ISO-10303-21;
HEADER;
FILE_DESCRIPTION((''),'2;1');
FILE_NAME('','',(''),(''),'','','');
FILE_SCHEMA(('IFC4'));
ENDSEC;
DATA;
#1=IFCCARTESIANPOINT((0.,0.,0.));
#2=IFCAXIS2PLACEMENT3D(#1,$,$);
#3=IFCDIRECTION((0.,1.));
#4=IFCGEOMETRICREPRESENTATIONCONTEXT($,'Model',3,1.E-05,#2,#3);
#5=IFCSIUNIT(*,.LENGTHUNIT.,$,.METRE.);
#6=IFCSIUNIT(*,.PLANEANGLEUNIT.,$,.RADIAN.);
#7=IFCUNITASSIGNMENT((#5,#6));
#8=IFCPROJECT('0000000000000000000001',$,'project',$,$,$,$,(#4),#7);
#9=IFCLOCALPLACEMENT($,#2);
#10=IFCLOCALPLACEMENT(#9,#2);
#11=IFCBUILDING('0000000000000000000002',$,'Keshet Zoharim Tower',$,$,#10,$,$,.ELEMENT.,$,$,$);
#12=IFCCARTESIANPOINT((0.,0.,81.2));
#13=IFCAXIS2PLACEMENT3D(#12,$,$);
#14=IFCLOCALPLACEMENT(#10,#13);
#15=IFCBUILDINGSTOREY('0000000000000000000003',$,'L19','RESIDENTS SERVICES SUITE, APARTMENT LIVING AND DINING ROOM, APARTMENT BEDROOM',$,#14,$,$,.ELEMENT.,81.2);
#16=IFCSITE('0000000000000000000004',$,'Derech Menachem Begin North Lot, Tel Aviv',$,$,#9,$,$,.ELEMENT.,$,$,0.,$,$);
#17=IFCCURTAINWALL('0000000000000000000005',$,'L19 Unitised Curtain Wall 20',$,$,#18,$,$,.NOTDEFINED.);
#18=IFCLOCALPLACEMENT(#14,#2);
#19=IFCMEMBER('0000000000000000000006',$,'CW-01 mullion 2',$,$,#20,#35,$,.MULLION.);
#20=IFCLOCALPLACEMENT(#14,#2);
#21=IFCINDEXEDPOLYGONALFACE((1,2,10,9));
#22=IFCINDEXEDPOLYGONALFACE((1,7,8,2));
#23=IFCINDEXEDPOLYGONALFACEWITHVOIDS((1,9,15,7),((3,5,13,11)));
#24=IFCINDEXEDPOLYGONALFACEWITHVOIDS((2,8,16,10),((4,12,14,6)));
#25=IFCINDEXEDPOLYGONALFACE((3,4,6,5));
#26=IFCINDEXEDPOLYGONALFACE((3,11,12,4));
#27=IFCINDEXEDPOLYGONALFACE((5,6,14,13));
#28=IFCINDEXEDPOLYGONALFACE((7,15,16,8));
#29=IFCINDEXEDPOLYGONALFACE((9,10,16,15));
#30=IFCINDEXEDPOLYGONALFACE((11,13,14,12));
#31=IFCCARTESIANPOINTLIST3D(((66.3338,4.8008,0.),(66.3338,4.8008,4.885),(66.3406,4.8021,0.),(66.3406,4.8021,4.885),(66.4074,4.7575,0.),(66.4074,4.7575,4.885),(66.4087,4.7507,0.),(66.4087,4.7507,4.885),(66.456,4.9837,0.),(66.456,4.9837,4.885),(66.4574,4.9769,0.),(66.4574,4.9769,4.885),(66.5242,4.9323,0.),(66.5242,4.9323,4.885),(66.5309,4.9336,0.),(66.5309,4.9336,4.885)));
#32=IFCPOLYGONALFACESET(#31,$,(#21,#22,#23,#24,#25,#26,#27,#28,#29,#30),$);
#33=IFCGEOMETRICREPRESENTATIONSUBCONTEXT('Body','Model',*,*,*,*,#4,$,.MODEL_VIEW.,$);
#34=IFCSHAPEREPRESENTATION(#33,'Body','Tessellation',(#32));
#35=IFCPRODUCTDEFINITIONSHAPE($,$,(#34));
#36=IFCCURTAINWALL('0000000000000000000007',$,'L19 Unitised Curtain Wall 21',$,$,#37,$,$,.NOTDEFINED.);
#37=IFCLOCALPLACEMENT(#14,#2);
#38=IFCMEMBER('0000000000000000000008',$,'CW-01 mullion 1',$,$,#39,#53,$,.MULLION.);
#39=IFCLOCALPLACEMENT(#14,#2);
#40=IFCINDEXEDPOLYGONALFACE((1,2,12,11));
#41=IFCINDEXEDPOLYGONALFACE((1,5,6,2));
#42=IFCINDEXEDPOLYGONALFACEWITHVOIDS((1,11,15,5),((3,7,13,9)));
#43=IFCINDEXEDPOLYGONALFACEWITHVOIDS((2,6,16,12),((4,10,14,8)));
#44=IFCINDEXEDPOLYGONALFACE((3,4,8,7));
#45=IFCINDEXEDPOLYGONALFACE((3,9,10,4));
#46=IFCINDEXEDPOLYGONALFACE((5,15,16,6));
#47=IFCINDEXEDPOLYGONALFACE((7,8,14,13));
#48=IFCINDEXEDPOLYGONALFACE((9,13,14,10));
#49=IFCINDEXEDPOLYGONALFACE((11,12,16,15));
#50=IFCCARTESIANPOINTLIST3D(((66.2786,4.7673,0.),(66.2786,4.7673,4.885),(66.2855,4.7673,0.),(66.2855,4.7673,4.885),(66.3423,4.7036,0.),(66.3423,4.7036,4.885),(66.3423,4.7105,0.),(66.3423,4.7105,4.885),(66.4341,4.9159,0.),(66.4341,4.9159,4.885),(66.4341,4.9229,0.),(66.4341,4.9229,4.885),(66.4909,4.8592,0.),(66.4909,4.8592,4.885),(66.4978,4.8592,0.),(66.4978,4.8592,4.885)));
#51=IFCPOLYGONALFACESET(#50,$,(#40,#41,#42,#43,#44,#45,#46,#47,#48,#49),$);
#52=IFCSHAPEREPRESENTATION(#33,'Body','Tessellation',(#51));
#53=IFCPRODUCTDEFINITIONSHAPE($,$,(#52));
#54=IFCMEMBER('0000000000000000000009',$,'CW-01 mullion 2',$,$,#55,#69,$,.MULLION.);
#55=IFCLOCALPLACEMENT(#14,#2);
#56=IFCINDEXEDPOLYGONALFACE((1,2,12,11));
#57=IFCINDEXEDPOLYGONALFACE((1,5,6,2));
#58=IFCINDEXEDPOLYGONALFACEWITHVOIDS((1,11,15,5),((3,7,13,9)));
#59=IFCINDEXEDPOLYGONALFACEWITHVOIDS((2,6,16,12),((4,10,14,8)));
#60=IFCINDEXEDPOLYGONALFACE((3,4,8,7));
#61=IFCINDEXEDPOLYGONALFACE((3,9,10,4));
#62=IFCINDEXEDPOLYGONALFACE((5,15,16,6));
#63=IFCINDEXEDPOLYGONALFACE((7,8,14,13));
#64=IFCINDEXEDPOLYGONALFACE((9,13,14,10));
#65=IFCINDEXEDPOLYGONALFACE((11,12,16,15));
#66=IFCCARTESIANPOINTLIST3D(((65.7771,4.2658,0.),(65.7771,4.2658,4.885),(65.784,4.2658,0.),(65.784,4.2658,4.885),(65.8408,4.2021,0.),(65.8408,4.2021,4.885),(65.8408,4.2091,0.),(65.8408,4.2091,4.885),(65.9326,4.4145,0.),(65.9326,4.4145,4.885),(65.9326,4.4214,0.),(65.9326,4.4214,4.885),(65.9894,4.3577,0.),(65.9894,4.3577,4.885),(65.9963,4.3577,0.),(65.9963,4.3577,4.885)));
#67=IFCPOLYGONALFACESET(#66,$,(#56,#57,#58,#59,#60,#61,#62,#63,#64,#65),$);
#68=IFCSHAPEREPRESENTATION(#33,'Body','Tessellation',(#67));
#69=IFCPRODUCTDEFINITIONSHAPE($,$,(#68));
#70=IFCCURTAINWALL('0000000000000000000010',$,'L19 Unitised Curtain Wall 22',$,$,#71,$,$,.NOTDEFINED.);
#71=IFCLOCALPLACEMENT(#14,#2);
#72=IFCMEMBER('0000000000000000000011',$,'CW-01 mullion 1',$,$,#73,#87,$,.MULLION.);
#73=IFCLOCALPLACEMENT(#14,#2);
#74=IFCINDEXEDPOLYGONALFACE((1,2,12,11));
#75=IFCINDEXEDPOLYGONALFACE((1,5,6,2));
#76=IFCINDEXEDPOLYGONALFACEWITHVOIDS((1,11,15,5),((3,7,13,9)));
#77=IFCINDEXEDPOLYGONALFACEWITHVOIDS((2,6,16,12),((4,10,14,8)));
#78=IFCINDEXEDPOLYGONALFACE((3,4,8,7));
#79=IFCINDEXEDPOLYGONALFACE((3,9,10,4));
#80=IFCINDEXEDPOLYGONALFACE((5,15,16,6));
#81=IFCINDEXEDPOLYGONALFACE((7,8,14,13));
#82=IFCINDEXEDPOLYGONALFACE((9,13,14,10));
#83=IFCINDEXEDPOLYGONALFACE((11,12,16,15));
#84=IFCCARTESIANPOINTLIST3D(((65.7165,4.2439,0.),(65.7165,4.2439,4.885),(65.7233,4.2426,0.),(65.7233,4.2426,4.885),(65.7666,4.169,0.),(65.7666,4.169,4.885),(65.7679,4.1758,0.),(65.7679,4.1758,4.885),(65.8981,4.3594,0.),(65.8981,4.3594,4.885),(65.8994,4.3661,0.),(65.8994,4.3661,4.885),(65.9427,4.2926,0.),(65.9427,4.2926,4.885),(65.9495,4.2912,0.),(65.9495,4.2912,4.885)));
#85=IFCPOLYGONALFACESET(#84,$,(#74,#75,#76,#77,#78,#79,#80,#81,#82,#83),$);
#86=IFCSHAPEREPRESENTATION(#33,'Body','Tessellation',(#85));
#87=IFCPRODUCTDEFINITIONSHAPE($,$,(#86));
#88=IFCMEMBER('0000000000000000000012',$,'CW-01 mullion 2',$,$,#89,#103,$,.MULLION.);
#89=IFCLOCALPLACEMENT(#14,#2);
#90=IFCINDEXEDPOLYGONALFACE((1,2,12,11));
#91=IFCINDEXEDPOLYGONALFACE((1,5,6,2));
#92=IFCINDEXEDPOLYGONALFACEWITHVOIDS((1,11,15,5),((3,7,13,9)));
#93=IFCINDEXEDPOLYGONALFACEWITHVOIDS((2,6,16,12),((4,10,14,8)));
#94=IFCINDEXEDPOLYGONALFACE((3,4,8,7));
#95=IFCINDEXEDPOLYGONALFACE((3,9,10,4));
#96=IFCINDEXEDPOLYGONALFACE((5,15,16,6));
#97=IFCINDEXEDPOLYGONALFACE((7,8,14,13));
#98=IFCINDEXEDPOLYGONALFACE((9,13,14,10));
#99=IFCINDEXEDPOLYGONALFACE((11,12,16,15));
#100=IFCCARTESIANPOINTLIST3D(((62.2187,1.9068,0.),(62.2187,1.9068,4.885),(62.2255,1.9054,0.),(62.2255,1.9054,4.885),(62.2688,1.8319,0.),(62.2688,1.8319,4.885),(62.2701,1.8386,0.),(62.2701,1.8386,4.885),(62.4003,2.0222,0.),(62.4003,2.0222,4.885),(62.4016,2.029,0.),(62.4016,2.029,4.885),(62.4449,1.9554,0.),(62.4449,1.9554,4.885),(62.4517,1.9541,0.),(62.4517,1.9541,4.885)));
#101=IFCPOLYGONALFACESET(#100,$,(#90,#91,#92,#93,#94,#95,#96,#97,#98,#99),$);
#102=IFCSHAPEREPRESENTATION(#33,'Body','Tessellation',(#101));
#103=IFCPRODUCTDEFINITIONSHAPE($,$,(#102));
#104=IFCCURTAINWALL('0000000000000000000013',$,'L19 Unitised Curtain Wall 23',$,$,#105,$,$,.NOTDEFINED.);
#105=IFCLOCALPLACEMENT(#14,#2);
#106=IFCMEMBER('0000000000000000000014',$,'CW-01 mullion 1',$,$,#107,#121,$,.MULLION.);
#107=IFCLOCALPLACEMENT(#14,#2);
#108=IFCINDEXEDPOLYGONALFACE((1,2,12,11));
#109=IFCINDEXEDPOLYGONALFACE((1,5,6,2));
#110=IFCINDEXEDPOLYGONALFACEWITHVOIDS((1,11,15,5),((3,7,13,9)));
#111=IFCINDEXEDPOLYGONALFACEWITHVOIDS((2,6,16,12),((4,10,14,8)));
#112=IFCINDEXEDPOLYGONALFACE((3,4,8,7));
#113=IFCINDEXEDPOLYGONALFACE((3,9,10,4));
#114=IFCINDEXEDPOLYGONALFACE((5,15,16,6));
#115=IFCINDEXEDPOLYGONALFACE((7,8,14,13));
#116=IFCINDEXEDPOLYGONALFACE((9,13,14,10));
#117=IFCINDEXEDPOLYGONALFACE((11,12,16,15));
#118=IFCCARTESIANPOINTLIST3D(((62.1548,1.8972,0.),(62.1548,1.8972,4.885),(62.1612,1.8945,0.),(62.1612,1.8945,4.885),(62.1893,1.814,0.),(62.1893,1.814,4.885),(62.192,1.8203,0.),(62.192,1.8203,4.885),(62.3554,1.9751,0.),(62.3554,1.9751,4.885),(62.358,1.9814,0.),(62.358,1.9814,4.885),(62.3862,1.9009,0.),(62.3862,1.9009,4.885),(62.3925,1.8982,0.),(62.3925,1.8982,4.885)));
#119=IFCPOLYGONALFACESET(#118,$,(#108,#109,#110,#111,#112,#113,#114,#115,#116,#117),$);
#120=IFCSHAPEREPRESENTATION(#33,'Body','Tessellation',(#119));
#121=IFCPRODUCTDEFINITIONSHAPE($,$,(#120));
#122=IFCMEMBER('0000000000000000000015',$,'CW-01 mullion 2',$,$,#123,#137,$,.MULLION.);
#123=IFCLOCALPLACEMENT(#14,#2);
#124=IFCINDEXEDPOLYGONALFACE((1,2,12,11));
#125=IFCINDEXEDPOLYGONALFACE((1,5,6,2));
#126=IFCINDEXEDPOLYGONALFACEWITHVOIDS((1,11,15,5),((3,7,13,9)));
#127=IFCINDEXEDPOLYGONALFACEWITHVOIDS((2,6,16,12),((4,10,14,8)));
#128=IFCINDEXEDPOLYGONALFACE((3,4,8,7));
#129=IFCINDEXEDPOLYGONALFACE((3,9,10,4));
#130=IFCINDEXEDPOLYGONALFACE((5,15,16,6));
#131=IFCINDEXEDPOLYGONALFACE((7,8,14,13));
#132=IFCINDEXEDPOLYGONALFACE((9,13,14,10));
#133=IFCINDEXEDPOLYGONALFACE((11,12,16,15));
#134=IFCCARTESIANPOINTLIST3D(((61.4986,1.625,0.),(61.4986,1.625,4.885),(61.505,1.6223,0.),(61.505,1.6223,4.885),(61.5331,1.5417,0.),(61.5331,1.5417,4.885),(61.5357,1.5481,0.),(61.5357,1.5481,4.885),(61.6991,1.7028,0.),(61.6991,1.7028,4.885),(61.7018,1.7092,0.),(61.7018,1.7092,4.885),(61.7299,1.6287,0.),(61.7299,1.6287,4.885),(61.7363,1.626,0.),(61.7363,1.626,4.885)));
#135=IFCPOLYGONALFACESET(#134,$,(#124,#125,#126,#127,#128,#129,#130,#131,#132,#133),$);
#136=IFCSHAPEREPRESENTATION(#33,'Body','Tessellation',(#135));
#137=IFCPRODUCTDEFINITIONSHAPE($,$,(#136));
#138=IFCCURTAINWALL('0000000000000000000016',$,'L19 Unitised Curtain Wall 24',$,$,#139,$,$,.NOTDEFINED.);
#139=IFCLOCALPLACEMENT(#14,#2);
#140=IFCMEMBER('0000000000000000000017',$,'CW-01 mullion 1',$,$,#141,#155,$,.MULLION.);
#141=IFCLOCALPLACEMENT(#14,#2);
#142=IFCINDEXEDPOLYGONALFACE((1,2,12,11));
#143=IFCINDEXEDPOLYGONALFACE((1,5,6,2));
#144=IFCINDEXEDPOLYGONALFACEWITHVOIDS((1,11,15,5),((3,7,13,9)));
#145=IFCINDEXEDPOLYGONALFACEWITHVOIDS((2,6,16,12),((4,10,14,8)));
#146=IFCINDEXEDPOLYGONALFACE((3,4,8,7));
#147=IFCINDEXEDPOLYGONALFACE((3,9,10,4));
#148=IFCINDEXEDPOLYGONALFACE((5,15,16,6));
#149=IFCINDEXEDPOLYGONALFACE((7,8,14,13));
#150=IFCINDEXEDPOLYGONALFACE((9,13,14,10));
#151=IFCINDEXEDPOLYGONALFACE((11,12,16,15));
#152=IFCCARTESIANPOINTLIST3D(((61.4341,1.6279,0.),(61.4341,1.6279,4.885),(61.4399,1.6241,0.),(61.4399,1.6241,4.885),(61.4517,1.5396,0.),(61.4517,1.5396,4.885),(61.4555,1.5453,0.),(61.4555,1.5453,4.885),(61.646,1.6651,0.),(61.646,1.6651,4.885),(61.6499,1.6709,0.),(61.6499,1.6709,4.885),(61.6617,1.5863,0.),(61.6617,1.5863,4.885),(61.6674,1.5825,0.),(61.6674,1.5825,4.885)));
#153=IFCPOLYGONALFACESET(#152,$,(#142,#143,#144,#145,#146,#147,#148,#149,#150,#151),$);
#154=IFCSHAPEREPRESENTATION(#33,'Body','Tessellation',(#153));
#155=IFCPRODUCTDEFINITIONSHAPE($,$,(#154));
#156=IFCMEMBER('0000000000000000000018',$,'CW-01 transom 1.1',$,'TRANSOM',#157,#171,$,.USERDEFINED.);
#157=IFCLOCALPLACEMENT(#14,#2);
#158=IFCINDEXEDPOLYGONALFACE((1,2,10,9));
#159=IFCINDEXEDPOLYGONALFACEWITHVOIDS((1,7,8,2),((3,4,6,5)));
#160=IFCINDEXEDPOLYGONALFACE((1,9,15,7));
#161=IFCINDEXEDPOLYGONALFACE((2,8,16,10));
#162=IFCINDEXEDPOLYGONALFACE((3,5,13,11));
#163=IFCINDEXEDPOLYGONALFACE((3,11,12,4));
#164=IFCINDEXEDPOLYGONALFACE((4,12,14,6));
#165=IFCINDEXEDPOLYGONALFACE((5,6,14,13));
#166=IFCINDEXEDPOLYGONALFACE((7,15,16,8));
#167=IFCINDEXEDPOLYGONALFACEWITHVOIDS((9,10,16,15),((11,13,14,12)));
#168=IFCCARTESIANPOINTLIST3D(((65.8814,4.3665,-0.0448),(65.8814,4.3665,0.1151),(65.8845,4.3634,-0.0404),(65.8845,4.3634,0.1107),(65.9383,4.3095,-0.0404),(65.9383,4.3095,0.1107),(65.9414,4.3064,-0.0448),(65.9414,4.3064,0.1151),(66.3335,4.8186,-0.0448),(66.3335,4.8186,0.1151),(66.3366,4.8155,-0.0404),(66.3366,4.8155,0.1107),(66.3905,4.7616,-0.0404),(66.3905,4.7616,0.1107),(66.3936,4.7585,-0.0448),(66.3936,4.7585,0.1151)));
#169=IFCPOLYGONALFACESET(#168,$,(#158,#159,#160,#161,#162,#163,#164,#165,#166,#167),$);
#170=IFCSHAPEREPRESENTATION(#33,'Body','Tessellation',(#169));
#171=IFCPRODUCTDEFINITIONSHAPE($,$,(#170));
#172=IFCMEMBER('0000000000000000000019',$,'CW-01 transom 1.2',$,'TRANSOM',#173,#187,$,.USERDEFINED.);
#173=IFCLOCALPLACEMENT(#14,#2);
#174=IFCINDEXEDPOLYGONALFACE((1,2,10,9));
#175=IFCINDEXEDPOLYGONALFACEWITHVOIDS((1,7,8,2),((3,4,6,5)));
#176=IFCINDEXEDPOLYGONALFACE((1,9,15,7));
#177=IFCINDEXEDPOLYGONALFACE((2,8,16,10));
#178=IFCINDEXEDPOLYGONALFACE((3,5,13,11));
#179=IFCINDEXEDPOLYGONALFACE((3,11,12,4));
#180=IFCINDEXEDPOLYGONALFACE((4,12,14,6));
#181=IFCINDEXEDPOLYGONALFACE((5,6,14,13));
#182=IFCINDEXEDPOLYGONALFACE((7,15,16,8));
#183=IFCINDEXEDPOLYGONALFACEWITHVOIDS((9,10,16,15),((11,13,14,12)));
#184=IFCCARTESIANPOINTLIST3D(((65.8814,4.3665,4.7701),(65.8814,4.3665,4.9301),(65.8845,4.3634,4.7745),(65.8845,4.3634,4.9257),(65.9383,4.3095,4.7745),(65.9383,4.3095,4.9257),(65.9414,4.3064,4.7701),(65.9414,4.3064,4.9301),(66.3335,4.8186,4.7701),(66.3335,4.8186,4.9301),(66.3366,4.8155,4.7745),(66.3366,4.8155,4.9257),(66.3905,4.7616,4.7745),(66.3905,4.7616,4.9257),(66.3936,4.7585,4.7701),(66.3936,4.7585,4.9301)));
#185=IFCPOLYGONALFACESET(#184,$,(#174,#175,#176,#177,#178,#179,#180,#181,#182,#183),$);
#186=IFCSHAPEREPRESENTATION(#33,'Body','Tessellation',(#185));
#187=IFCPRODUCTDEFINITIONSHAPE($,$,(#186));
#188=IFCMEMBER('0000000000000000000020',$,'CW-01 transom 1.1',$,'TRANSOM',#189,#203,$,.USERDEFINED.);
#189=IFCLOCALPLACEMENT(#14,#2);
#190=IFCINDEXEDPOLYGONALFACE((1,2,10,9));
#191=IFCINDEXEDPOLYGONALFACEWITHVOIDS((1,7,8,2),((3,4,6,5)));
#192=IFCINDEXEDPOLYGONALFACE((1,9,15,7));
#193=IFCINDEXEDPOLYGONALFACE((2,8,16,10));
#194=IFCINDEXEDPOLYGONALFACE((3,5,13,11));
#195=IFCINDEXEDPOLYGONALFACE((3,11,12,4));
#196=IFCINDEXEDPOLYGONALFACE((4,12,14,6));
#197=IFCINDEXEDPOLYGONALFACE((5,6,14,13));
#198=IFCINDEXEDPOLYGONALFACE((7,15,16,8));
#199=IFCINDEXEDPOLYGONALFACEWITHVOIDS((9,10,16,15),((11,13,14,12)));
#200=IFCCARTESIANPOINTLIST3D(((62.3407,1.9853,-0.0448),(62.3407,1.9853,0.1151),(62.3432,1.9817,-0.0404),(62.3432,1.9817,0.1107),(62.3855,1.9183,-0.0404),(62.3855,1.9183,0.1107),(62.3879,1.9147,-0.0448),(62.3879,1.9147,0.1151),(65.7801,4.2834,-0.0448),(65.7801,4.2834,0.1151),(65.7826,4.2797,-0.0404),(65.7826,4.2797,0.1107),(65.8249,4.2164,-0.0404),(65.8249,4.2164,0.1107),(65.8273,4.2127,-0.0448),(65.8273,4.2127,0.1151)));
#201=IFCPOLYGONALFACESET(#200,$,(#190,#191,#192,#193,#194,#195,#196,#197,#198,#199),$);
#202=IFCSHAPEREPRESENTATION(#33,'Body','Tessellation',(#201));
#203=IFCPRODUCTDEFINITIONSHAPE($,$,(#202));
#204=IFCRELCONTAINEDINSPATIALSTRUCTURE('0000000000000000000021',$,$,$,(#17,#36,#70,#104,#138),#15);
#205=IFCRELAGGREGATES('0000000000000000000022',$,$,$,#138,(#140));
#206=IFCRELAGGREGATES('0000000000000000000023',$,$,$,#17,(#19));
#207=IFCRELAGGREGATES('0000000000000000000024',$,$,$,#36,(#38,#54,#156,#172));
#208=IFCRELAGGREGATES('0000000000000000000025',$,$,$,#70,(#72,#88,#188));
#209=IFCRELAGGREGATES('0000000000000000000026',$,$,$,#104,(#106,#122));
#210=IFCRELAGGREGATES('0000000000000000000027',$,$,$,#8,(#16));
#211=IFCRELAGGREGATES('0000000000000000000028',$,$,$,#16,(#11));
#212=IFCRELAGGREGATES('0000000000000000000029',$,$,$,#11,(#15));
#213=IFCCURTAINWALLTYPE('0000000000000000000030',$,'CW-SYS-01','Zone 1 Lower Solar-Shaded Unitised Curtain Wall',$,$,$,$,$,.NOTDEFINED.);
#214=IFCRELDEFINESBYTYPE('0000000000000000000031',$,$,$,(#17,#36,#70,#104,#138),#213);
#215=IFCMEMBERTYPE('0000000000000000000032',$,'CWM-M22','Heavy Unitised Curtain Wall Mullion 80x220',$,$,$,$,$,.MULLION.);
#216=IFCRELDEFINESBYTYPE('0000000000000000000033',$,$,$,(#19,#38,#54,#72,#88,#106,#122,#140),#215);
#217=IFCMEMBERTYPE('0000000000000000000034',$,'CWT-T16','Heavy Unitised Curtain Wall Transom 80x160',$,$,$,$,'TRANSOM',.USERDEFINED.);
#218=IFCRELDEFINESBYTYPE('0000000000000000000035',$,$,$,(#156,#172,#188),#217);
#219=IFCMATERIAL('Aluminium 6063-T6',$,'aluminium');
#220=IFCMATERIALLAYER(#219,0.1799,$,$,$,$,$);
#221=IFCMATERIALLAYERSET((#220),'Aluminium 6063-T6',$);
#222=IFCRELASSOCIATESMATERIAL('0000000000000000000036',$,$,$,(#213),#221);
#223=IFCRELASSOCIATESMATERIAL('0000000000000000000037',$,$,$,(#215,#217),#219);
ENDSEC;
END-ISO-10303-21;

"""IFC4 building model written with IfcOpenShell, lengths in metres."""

from ifc_helpers import new_model, si_unit, direction, frame, origin, origin_2d, place, context, subcontext, project, spatial, hollow_rectangle, extrude, material, layer, layer_set, material_profile, profile_set, type_object, element, aggregate, save


model = new_model("IFC4")

# Units and contexts
model_context = context("Model", 3, precision=1e-05, world=origin(), true_north=direction((0.0, 1.0)))
body_context = subcontext(model_context, "Body", "Model", "MODEL_VIEW")
ifc_project = project(units=[si_unit("LENGTHUNIT", "METRE"), si_unit("PLANEANGLEUNIT", "RADIAN")], contexts=[model_context])

# Site, building, storey
site_placement = place(None, origin())
site = spatial("IfcSite", under=ifc_project, at=site_placement, Name="Derech Menachem Begin North Lot, Tel Aviv", CompositionType="ELEMENT", RefElevation=0.0)
building_placement = place(site_placement, origin())
building = spatial("IfcBuilding", under=site, at=building_placement, Name="Keshet Zoharim Tower", CompositionType="ELEMENT")
storey_placement = place(building_placement, frame((0.0, 0.0, 81.2)))
storey = spatial("IfcBuildingStorey", under=building, at=storey_placement, Name="L19", Description="RESIDENTS SERVICES SUITE, APARTMENT LIVING AND DINING ROOM, APARTMENT BEDROOM", CompositionType="ELEMENT", Elevation=81.2)

# Curtain wall, member
ifc_material_1 = material(Name="Aluminium 6063-T6", Category="aluminium")
ifc_layer_1 = layer(ifc_material_1, 0.1799)
ifc_layer_set_1 = layer_set([ifc_layer_1], Name="Aluminium 6063-T6")
curtain_wall_type = type_object("IfcCurtainWallType", Name="CW-SYS-01", Description="Zone 1 Lower Solar-Shaded Unitised Curtain Wall", PredefinedType="NOTDEFINED", material=ifc_layer_set_1)
curtain_wall_1_placement = place(storey_placement, origin())
curtain_wall_1 = element("IfcCurtainWall", 1, at=curtain_wall_1_placement, inside=storey, type_object=curtain_wall_type, Name="L19 Unitised Curtain Wall 20", PredefinedType="NOTDEFINED")
ifc_material_profile_1 = material_profile(ifc_material_1, hollow_rectangle(XDim=0.0901, YDim=0.22, WallThickness=0.0049, at=origin_2d()), Name="MUL-90x220")
ifc_profile_set_1 = profile_set([ifc_material_profile_1], Name="Aluminium 6063-T6")
member_type_1 = type_object("IfcMemberType", Name="CWM-M22", Description="Heavy Unitised Curtain Wall Mullion 80x220", PredefinedType="MULLION", material=ifc_profile_set_1)
member_1_placement = place(storey_placement, frame((66.4324, 4.8672, 0.0), z_axis=(0.0, 0.0, 1.0), x_axis=(0.831474, -0.555563, 0.0)))
member_1 = element("IfcMember", 2, at=member_1_placement, type_object=member_type_1, Name="CW-01 mullion 2", PredefinedType="MULLION", context=body_context, shape_type="SweptSolid", body=[
    extrude(hollow_rectangle(XDim=0.0901, YDim=0.22, WallThickness=0.0049, at=origin_2d()), origin(), (0.0, 0.0, 1.0), 4.885),
])

# Curtain walls, members
curtain_wall_2_placement = place(storey_placement, origin())
curtain_wall_2 = element("IfcCurtainWall", 3, at=curtain_wall_2_placement, inside=storey, type_object=curtain_wall_type, Name="L19 Unitised Curtain Wall 21", PredefinedType="NOTDEFINED")
member_2_placement = place(storey_placement, frame((66.3882, 4.8132, 0.0), z_axis=(0.0, 0.0, 1.0), x_axis=(0.707107, -0.707107, 0.0)))
member_2 = element("IfcMember", 4, at=member_2_placement, type_object=member_type_1, Name="CW-01 mullion 1", PredefinedType="MULLION", context=body_context, shape_type="SweptSolid", body=[
    extrude(hollow_rectangle(XDim=0.0901, YDim=0.22, WallThickness=0.0049, at=origin_2d()), origin(), (0.0, 0.0, 1.0), 4.885),
])
member_3_placement = place(storey_placement, frame((65.8867, 4.3118, 0.0), z_axis=(0.0, 0.0, 1.0), x_axis=(0.707107, -0.707107, 0.0)))
member_3 = element("IfcMember", 5, at=member_3_placement, type_object=member_type_1, Name="CW-01 mullion 2", PredefinedType="MULLION", context=body_context, shape_type="SweptSolid", body=[
    extrude(hollow_rectangle(XDim=0.0901, YDim=0.22, WallThickness=0.0049, at=origin_2d()), origin(), (0.0, 0.0, 1.0), 4.885),
])
curtain_wall_3_placement = place(storey_placement, origin())
curtain_wall_3 = element("IfcCurtainWall", 6, at=curtain_wall_3_placement, inside=storey, type_object=curtain_wall_type, Name="L19 Unitised Curtain Wall 22", PredefinedType="NOTDEFINED")
member_4_placement = place(storey_placement, frame((65.833, 4.2676, 0.0), z_axis=(0.0, 0.0, 1.0), x_axis=(0.555563, -0.831474, 0.0)))
member_4 = element("IfcMember", 7, at=member_4_placement, type_object=member_type_1, Name="CW-01 mullion 1", PredefinedType="MULLION", context=body_context, shape_type="SweptSolid", body=[
    extrude(hollow_rectangle(XDim=0.0901, YDim=0.22, WallThickness=0.0049, at=origin_2d()), origin(), (0.0, 0.0, 1.0), 4.885),
])
member_5_placement = place(storey_placement, frame((62.3352, 1.9304, 0.0), z_axis=(0.0, 0.0, 1.0), x_axis=(0.555563, -0.831474, 0.0)))
member_5 = element("IfcMember", 8, at=member_5_placement, type_object=member_type_1, Name="CW-01 mullion 2", PredefinedType="MULLION", context=body_context, shape_type="SweptSolid", body=[
    extrude(hollow_rectangle(XDim=0.0901, YDim=0.22, WallThickness=0.0049, at=origin_2d()), origin(), (0.0, 0.0, 1.0), 4.885),
])
curtain_wall_4_placement = place(storey_placement, origin())
curtain_wall_4 = element("IfcCurtainWall", 9, at=curtain_wall_4_placement, inside=storey, type_object=curtain_wall_type, Name="L19 Unitised Curtain Wall 23", PredefinedType="NOTDEFINED")
member_6_placement = place(storey_placement, frame((62.2737, 1.8977, 0.0), z_axis=(0.0, 0.0, 1.0), x_axis=(0.383068, -0.92372, 0.0)))
member_6 = element("IfcMember", 10, at=member_6_placement, type_object=member_type_1, Name="CW-01 mullion 1", PredefinedType="MULLION", context=body_context, shape_type="SweptSolid", body=[
    extrude(hollow_rectangle(XDim=0.0901, YDim=0.22, WallThickness=0.0049, at=origin_2d()), origin(), (0.0, 0.0, 1.0), 4.885),
])
member_7_placement = place(storey_placement, frame((61.6174, 1.6255, 0.0), z_axis=(0.0, 0.0, 1.0), x_axis=(0.383068, -0.92372, 0.0)))
member_7 = element("IfcMember", 11, at=member_7_placement, type_object=member_type_1, Name="CW-01 mullion 2", PredefinedType="MULLION", context=body_context, shape_type="SweptSolid", body=[
    extrude(hollow_rectangle(XDim=0.0901, YDim=0.22, WallThickness=0.0049, at=origin_2d()), origin(), (0.0, 0.0, 1.0), 4.885),
])

# Curtain wall, member
curtain_wall_5_placement = place(storey_placement, origin())
curtain_wall_5 = element("IfcCurtainWall", 12, at=curtain_wall_5_placement, inside=storey, type_object=curtain_wall_type, Name="L19 Unitised Curtain Wall 24", PredefinedType="NOTDEFINED")
member_8_placement = place(storey_placement, frame((61.5508, 1.6052, 0.0), z_axis=(0.0, 0.0, 1.0), x_axis=(0.195174, -0.980769, 0.0)))
member_8 = element("IfcMember", 13, at=member_8_placement, type_object=member_type_1, Name="CW-01 mullion 1", PredefinedType="MULLION", context=body_context, shape_type="SweptSolid", body=[
    extrude(hollow_rectangle(XDim=0.0901, YDim=0.22, WallThickness=0.0049, at=origin_2d()), origin(), (0.0, 0.0, 1.0), 4.885),
])

# Members
ifc_material_profile_2 = material_profile(ifc_material_1, hollow_rectangle(XDim=0.085, YDim=0.1599, WallThickness=0.0044, at=origin_2d()), Name="TRN-85x160")
ifc_profile_set_2 = profile_set([ifc_material_profile_2], Name="Aluminium 6063-T6")
member_type_2 = type_object("IfcMemberType", Name="CWT-T16", Description="Heavy Unitised Curtain Wall Transom 80x160", ElementType="TRANSOM", PredefinedType="USERDEFINED", material=ifc_profile_set_2)
member_9_placement = place(storey_placement, frame((66.3635, 4.7886, 0.0352), z_axis=(-0.707107, -0.707107, 0.0), x_axis=(0.707107, -0.707107, 0.0)))
member_9 = element("IfcMember", 14, at=member_9_placement, type_object=member_type_2, Name="CW-01 transom 1.1", ObjectType="TRANSOM", PredefinedType="USERDEFINED", context=body_context, shape_type="SweptSolid", body=[
    extrude(hollow_rectangle(XDim=0.085, YDim=0.1599, WallThickness=0.0044, at=origin_2d()), origin(), (0.0, 0.0, 1.0), 0.6394),
])
member_10_placement = place(storey_placement, frame((66.3635, 4.7886, 4.8501), z_axis=(-0.707107, -0.707107, 0.0), x_axis=(0.707107, -0.707107, 0.0)))
member_10 = element("IfcMember", 15, at=member_10_placement, type_object=member_type_2, Name="CW-01 transom 1.2", ObjectType="TRANSOM", PredefinedType="USERDEFINED", context=body_context, shape_type="SweptSolid", body=[
    extrude(hollow_rectangle(XDim=0.085, YDim=0.1599, WallThickness=0.0044, at=origin_2d()), origin(), (0.0, 0.0, 1.0), 0.6394),
])
member_11_placement = place(storey_placement, frame((65.8037, 4.248, 0.0352), z_axis=(-0.831478, -0.555558, 0.0), x_axis=(0.555558, -0.831478, 0.0)))
member_11 = element("IfcMember", 16, at=member_11_placement, type_object=member_type_2, Name="CW-01 transom 1.1", ObjectType="TRANSOM", PredefinedType="USERDEFINED", context=body_context, shape_type="SweptSolid", body=[
    extrude(hollow_rectangle(XDim=0.085, YDim=0.1599, WallThickness=0.0044, at=origin_2d()), origin(), (0.0, 0.0, 1.0), 4.1365),
])
aggregate(curtain_wall_5, [member_8])

aggregate(curtain_wall_1, [member_1])
aggregate(curtain_wall_2, [member_2, member_3, member_9, member_10])
aggregate(curtain_wall_3, [member_4, member_5, member_11])
aggregate(curtain_wall_4, [member_6, member_7])

save(model, "model.ifc")
